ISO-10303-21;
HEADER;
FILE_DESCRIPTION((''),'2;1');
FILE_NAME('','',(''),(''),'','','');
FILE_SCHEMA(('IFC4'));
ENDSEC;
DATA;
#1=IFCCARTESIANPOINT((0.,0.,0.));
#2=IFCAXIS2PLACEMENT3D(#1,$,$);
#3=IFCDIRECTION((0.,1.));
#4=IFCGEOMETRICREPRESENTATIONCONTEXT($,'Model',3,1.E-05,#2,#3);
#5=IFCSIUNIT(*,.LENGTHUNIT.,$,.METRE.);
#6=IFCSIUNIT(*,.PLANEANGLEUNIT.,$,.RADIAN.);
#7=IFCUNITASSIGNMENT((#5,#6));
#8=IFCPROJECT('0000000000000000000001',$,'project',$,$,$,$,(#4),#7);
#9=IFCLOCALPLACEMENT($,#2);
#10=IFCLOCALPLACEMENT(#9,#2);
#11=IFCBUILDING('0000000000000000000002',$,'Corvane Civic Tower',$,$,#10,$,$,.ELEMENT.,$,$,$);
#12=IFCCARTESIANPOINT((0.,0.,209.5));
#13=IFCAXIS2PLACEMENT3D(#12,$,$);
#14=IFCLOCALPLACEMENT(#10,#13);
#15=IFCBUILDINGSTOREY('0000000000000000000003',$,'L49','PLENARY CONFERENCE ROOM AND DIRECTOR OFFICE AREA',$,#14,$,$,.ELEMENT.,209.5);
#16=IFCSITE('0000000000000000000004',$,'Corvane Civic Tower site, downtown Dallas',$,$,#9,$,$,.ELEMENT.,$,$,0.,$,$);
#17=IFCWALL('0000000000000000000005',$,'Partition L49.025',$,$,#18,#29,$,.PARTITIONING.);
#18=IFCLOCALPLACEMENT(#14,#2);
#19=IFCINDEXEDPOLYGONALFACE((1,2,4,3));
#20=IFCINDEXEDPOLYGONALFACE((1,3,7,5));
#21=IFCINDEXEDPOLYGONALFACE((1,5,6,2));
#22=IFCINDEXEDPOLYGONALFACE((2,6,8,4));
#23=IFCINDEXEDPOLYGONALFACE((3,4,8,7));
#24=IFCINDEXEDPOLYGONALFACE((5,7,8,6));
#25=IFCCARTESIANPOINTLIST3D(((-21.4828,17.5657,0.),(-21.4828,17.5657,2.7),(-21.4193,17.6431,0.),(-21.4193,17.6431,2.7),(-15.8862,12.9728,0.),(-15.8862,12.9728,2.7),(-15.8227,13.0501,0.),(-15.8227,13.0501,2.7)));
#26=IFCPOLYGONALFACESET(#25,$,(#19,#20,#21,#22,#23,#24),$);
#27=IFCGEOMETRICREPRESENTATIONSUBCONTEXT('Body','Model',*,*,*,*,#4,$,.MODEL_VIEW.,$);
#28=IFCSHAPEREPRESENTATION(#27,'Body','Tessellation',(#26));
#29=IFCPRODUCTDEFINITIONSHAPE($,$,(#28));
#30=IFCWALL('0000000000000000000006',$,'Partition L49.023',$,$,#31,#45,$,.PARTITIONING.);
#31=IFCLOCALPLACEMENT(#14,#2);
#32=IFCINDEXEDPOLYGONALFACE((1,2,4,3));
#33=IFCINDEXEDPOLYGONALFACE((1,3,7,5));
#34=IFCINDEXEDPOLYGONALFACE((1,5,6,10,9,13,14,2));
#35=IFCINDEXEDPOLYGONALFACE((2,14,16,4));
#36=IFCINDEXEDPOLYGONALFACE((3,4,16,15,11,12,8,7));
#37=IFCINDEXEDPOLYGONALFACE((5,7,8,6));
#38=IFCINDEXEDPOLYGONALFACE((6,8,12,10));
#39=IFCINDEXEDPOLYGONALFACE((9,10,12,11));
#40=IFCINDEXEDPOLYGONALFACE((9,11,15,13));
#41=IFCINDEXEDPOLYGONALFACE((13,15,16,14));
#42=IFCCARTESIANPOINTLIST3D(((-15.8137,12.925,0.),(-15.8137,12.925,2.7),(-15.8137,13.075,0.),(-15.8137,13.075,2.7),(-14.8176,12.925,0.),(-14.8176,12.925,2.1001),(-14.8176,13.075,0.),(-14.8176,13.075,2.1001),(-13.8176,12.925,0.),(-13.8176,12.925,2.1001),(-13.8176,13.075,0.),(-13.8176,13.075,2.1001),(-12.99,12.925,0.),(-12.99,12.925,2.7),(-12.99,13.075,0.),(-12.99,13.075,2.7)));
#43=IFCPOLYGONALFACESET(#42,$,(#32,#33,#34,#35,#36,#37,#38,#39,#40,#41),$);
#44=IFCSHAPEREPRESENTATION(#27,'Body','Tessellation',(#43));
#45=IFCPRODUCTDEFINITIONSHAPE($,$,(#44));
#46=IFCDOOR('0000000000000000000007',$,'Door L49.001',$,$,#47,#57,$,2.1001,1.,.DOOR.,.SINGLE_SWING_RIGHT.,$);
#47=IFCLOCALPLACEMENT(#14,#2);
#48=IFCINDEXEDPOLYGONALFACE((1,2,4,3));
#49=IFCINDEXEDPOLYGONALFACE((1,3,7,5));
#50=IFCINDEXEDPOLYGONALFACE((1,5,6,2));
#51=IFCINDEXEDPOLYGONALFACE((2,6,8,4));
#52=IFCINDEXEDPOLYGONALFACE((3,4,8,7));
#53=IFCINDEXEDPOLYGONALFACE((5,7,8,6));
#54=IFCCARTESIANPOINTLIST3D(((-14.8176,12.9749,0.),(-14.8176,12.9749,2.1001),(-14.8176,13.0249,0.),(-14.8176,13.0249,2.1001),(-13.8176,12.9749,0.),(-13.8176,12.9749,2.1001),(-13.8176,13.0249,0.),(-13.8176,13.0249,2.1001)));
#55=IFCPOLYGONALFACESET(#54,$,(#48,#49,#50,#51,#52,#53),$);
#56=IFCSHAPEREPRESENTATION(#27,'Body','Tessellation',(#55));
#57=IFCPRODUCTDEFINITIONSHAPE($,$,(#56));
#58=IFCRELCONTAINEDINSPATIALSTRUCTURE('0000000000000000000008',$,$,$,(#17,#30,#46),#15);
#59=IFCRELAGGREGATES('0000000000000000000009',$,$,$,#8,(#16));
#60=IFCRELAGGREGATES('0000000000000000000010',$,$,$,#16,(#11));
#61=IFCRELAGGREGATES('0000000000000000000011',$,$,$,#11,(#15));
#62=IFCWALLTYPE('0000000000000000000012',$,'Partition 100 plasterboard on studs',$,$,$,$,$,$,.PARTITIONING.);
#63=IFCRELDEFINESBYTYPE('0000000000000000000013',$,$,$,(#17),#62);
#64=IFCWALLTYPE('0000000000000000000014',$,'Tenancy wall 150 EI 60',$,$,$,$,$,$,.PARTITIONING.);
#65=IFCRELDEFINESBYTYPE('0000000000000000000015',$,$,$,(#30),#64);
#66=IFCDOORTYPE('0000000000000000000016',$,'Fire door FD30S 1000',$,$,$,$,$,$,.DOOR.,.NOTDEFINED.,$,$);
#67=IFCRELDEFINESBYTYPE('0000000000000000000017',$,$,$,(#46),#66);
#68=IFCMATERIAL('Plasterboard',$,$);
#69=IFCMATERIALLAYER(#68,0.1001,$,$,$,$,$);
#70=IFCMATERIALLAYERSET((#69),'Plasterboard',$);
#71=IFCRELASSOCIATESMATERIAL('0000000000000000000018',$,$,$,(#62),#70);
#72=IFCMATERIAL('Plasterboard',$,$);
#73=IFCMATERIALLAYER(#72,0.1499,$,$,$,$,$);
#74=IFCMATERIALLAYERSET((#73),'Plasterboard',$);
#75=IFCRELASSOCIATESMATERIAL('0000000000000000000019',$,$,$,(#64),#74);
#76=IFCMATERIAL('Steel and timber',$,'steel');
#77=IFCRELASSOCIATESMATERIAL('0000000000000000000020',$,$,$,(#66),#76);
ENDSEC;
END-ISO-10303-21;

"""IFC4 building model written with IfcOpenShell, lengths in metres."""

from ifc_helpers import new_model, si_unit, direction, frame, frame_2d, origin, place, context, subcontext, project, spatial, rectangle, extrude, material, layer, layer_set, type_object, element, fill, save


model = new_model("IFC4")

# Units and contexts
model_context = context("Model", 3, precision=1e-05, world=origin(), true_north=direction((0.0, 1.0)))
body_context = subcontext(model_context, "Body", "Model", "MODEL_VIEW")
ifc_project = project(units=[si_unit("LENGTHUNIT", "METRE"), si_unit("PLANEANGLEUNIT", "RADIAN")], contexts=[model_context])

# Site, building, storey
site_placement = place(None, origin())
site = spatial("IfcSite", under=ifc_project, at=site_placement, Name="Corvane Civic Tower site, downtown Dallas", CompositionType="ELEMENT", RefElevation=0.0)
building_placement = place(site_placement, origin())
building = spatial("IfcBuilding", under=site, at=building_placement, Name="Corvane Civic Tower", CompositionType="ELEMENT")
storey_placement = place(building_placement, frame((0.0, 0.0, 209.5)))
storey = spatial("IfcBuildingStorey", under=building, at=storey_placement, Name="L49", Description="PLENARY CONFERENCE ROOM AND DIRECTOR OFFICE AREA", CompositionType="ELEMENT", Elevation=209.5)

# Wall
ifc_material_1 = material(Name="Plasterboard")
ifc_layer_1 = layer(ifc_material_1, 0.1001)
ifc_layer_set_1 = layer_set([ifc_layer_1], Name="Plasterboard")
wall_type_1 = type_object("IfcWallType", Name="Partition 100 plasterboard on studs", PredefinedType="PARTITIONING", material=ifc_layer_set_1)
wall_1_placement = place(storey_placement, frame((-21.4512, 17.6045, 0.0), z_axis=(0.0, 0.0, 1.0), x_axis=(0.773014, -0.634388, 0.0)))
element("IfcWall", 1, at=wall_1_placement, inside=storey, type_object=wall_type_1, Name="Partition L49.025", PredefinedType="PARTITIONING", context=body_context, shape_type="SweptSolid", body=[
    extrude(rectangle(XDim=7.24, YDim=0.1001, at=frame_2d((3.6201, 0.0))), origin(), (0.0, 0.0, 1.0), 2.7),
])

# Wall, opening, door
ifc_material_2 = material(Name="Plasterboard")
ifc_layer_2 = layer(ifc_material_2, 0.1499)
ifc_layer_set_2 = layer_set([ifc_layer_2], Name="Plasterboard")
wall_type_2 = type_object("IfcWallType", Name="Tenancy wall 150 EI 60", PredefinedType="PARTITIONING", material=ifc_layer_set_2)
wall_2_placement = place(storey_placement, frame((-15.8137, 13.0, 0.0), z_axis=(0.0, 0.0, 1.0), x_axis=(1.0, 0.0, 0.0)))
wall_2 = element("IfcWall", 2, at=wall_2_placement, inside=storey, type_object=wall_type_2, Name="Partition L49.023", PredefinedType="PARTITIONING", context=body_context, shape_type="SweptSolid", body=[
    extrude(rectangle(XDim=2.8237, YDim=0.1499, at=frame_2d((1.4119, 0.0))), origin(), (0.0, 0.0, 1.0), 2.7),
])
opening_placement = place(wall_2_placement, frame((0.9961, 0.0, 0.0)))
opening = element("IfcOpeningElement", 3, at=opening_placement, cuts=wall_2, PredefinedType="OPENING", context=body_context, shape_type="SweptSolid", body=[
    extrude(rectangle(XDim=1.0, YDim=2.1001, at=frame_2d((0.5, 1.05))), frame((0.0, 0.085, 0.0), z_axis=(0.0, -1.0, 0.0), x_axis=(1.0, 0.0, 0.0)), (0.0, 0.0, 1.0), 0.1699),
])
ifc_material_3 = material(Name="Steel and timber", Category="steel")
door_type = type_object("IfcDoorType", Name="Fire door FD30S 1000", OperationType="NOTDEFINED", PredefinedType="DOOR", material=ifc_material_3)
door_placement = place(opening_placement, origin())
door = element("IfcDoor", 4, at=door_placement, inside=storey, type_object=door_type, Name="Door L49.001", OperationType="SINGLE_SWING_RIGHT", OverallHeight=2.1001, OverallWidth=1.0, PredefinedType="DOOR", context=body_context, shape_type="SweptSolid", body=[
    extrude(rectangle(XDim=1.0, YDim=2.1001, at=frame_2d((0.5, 1.05))), frame((0.0, 0.0249, 0.0), z_axis=(0.0, -1.0, 0.0), x_axis=(1.0, 0.0, 0.0)), (0.0, 0.0, 1.0), 0.05),
])
fill(opening, door)

save(model, "model.ifc")
